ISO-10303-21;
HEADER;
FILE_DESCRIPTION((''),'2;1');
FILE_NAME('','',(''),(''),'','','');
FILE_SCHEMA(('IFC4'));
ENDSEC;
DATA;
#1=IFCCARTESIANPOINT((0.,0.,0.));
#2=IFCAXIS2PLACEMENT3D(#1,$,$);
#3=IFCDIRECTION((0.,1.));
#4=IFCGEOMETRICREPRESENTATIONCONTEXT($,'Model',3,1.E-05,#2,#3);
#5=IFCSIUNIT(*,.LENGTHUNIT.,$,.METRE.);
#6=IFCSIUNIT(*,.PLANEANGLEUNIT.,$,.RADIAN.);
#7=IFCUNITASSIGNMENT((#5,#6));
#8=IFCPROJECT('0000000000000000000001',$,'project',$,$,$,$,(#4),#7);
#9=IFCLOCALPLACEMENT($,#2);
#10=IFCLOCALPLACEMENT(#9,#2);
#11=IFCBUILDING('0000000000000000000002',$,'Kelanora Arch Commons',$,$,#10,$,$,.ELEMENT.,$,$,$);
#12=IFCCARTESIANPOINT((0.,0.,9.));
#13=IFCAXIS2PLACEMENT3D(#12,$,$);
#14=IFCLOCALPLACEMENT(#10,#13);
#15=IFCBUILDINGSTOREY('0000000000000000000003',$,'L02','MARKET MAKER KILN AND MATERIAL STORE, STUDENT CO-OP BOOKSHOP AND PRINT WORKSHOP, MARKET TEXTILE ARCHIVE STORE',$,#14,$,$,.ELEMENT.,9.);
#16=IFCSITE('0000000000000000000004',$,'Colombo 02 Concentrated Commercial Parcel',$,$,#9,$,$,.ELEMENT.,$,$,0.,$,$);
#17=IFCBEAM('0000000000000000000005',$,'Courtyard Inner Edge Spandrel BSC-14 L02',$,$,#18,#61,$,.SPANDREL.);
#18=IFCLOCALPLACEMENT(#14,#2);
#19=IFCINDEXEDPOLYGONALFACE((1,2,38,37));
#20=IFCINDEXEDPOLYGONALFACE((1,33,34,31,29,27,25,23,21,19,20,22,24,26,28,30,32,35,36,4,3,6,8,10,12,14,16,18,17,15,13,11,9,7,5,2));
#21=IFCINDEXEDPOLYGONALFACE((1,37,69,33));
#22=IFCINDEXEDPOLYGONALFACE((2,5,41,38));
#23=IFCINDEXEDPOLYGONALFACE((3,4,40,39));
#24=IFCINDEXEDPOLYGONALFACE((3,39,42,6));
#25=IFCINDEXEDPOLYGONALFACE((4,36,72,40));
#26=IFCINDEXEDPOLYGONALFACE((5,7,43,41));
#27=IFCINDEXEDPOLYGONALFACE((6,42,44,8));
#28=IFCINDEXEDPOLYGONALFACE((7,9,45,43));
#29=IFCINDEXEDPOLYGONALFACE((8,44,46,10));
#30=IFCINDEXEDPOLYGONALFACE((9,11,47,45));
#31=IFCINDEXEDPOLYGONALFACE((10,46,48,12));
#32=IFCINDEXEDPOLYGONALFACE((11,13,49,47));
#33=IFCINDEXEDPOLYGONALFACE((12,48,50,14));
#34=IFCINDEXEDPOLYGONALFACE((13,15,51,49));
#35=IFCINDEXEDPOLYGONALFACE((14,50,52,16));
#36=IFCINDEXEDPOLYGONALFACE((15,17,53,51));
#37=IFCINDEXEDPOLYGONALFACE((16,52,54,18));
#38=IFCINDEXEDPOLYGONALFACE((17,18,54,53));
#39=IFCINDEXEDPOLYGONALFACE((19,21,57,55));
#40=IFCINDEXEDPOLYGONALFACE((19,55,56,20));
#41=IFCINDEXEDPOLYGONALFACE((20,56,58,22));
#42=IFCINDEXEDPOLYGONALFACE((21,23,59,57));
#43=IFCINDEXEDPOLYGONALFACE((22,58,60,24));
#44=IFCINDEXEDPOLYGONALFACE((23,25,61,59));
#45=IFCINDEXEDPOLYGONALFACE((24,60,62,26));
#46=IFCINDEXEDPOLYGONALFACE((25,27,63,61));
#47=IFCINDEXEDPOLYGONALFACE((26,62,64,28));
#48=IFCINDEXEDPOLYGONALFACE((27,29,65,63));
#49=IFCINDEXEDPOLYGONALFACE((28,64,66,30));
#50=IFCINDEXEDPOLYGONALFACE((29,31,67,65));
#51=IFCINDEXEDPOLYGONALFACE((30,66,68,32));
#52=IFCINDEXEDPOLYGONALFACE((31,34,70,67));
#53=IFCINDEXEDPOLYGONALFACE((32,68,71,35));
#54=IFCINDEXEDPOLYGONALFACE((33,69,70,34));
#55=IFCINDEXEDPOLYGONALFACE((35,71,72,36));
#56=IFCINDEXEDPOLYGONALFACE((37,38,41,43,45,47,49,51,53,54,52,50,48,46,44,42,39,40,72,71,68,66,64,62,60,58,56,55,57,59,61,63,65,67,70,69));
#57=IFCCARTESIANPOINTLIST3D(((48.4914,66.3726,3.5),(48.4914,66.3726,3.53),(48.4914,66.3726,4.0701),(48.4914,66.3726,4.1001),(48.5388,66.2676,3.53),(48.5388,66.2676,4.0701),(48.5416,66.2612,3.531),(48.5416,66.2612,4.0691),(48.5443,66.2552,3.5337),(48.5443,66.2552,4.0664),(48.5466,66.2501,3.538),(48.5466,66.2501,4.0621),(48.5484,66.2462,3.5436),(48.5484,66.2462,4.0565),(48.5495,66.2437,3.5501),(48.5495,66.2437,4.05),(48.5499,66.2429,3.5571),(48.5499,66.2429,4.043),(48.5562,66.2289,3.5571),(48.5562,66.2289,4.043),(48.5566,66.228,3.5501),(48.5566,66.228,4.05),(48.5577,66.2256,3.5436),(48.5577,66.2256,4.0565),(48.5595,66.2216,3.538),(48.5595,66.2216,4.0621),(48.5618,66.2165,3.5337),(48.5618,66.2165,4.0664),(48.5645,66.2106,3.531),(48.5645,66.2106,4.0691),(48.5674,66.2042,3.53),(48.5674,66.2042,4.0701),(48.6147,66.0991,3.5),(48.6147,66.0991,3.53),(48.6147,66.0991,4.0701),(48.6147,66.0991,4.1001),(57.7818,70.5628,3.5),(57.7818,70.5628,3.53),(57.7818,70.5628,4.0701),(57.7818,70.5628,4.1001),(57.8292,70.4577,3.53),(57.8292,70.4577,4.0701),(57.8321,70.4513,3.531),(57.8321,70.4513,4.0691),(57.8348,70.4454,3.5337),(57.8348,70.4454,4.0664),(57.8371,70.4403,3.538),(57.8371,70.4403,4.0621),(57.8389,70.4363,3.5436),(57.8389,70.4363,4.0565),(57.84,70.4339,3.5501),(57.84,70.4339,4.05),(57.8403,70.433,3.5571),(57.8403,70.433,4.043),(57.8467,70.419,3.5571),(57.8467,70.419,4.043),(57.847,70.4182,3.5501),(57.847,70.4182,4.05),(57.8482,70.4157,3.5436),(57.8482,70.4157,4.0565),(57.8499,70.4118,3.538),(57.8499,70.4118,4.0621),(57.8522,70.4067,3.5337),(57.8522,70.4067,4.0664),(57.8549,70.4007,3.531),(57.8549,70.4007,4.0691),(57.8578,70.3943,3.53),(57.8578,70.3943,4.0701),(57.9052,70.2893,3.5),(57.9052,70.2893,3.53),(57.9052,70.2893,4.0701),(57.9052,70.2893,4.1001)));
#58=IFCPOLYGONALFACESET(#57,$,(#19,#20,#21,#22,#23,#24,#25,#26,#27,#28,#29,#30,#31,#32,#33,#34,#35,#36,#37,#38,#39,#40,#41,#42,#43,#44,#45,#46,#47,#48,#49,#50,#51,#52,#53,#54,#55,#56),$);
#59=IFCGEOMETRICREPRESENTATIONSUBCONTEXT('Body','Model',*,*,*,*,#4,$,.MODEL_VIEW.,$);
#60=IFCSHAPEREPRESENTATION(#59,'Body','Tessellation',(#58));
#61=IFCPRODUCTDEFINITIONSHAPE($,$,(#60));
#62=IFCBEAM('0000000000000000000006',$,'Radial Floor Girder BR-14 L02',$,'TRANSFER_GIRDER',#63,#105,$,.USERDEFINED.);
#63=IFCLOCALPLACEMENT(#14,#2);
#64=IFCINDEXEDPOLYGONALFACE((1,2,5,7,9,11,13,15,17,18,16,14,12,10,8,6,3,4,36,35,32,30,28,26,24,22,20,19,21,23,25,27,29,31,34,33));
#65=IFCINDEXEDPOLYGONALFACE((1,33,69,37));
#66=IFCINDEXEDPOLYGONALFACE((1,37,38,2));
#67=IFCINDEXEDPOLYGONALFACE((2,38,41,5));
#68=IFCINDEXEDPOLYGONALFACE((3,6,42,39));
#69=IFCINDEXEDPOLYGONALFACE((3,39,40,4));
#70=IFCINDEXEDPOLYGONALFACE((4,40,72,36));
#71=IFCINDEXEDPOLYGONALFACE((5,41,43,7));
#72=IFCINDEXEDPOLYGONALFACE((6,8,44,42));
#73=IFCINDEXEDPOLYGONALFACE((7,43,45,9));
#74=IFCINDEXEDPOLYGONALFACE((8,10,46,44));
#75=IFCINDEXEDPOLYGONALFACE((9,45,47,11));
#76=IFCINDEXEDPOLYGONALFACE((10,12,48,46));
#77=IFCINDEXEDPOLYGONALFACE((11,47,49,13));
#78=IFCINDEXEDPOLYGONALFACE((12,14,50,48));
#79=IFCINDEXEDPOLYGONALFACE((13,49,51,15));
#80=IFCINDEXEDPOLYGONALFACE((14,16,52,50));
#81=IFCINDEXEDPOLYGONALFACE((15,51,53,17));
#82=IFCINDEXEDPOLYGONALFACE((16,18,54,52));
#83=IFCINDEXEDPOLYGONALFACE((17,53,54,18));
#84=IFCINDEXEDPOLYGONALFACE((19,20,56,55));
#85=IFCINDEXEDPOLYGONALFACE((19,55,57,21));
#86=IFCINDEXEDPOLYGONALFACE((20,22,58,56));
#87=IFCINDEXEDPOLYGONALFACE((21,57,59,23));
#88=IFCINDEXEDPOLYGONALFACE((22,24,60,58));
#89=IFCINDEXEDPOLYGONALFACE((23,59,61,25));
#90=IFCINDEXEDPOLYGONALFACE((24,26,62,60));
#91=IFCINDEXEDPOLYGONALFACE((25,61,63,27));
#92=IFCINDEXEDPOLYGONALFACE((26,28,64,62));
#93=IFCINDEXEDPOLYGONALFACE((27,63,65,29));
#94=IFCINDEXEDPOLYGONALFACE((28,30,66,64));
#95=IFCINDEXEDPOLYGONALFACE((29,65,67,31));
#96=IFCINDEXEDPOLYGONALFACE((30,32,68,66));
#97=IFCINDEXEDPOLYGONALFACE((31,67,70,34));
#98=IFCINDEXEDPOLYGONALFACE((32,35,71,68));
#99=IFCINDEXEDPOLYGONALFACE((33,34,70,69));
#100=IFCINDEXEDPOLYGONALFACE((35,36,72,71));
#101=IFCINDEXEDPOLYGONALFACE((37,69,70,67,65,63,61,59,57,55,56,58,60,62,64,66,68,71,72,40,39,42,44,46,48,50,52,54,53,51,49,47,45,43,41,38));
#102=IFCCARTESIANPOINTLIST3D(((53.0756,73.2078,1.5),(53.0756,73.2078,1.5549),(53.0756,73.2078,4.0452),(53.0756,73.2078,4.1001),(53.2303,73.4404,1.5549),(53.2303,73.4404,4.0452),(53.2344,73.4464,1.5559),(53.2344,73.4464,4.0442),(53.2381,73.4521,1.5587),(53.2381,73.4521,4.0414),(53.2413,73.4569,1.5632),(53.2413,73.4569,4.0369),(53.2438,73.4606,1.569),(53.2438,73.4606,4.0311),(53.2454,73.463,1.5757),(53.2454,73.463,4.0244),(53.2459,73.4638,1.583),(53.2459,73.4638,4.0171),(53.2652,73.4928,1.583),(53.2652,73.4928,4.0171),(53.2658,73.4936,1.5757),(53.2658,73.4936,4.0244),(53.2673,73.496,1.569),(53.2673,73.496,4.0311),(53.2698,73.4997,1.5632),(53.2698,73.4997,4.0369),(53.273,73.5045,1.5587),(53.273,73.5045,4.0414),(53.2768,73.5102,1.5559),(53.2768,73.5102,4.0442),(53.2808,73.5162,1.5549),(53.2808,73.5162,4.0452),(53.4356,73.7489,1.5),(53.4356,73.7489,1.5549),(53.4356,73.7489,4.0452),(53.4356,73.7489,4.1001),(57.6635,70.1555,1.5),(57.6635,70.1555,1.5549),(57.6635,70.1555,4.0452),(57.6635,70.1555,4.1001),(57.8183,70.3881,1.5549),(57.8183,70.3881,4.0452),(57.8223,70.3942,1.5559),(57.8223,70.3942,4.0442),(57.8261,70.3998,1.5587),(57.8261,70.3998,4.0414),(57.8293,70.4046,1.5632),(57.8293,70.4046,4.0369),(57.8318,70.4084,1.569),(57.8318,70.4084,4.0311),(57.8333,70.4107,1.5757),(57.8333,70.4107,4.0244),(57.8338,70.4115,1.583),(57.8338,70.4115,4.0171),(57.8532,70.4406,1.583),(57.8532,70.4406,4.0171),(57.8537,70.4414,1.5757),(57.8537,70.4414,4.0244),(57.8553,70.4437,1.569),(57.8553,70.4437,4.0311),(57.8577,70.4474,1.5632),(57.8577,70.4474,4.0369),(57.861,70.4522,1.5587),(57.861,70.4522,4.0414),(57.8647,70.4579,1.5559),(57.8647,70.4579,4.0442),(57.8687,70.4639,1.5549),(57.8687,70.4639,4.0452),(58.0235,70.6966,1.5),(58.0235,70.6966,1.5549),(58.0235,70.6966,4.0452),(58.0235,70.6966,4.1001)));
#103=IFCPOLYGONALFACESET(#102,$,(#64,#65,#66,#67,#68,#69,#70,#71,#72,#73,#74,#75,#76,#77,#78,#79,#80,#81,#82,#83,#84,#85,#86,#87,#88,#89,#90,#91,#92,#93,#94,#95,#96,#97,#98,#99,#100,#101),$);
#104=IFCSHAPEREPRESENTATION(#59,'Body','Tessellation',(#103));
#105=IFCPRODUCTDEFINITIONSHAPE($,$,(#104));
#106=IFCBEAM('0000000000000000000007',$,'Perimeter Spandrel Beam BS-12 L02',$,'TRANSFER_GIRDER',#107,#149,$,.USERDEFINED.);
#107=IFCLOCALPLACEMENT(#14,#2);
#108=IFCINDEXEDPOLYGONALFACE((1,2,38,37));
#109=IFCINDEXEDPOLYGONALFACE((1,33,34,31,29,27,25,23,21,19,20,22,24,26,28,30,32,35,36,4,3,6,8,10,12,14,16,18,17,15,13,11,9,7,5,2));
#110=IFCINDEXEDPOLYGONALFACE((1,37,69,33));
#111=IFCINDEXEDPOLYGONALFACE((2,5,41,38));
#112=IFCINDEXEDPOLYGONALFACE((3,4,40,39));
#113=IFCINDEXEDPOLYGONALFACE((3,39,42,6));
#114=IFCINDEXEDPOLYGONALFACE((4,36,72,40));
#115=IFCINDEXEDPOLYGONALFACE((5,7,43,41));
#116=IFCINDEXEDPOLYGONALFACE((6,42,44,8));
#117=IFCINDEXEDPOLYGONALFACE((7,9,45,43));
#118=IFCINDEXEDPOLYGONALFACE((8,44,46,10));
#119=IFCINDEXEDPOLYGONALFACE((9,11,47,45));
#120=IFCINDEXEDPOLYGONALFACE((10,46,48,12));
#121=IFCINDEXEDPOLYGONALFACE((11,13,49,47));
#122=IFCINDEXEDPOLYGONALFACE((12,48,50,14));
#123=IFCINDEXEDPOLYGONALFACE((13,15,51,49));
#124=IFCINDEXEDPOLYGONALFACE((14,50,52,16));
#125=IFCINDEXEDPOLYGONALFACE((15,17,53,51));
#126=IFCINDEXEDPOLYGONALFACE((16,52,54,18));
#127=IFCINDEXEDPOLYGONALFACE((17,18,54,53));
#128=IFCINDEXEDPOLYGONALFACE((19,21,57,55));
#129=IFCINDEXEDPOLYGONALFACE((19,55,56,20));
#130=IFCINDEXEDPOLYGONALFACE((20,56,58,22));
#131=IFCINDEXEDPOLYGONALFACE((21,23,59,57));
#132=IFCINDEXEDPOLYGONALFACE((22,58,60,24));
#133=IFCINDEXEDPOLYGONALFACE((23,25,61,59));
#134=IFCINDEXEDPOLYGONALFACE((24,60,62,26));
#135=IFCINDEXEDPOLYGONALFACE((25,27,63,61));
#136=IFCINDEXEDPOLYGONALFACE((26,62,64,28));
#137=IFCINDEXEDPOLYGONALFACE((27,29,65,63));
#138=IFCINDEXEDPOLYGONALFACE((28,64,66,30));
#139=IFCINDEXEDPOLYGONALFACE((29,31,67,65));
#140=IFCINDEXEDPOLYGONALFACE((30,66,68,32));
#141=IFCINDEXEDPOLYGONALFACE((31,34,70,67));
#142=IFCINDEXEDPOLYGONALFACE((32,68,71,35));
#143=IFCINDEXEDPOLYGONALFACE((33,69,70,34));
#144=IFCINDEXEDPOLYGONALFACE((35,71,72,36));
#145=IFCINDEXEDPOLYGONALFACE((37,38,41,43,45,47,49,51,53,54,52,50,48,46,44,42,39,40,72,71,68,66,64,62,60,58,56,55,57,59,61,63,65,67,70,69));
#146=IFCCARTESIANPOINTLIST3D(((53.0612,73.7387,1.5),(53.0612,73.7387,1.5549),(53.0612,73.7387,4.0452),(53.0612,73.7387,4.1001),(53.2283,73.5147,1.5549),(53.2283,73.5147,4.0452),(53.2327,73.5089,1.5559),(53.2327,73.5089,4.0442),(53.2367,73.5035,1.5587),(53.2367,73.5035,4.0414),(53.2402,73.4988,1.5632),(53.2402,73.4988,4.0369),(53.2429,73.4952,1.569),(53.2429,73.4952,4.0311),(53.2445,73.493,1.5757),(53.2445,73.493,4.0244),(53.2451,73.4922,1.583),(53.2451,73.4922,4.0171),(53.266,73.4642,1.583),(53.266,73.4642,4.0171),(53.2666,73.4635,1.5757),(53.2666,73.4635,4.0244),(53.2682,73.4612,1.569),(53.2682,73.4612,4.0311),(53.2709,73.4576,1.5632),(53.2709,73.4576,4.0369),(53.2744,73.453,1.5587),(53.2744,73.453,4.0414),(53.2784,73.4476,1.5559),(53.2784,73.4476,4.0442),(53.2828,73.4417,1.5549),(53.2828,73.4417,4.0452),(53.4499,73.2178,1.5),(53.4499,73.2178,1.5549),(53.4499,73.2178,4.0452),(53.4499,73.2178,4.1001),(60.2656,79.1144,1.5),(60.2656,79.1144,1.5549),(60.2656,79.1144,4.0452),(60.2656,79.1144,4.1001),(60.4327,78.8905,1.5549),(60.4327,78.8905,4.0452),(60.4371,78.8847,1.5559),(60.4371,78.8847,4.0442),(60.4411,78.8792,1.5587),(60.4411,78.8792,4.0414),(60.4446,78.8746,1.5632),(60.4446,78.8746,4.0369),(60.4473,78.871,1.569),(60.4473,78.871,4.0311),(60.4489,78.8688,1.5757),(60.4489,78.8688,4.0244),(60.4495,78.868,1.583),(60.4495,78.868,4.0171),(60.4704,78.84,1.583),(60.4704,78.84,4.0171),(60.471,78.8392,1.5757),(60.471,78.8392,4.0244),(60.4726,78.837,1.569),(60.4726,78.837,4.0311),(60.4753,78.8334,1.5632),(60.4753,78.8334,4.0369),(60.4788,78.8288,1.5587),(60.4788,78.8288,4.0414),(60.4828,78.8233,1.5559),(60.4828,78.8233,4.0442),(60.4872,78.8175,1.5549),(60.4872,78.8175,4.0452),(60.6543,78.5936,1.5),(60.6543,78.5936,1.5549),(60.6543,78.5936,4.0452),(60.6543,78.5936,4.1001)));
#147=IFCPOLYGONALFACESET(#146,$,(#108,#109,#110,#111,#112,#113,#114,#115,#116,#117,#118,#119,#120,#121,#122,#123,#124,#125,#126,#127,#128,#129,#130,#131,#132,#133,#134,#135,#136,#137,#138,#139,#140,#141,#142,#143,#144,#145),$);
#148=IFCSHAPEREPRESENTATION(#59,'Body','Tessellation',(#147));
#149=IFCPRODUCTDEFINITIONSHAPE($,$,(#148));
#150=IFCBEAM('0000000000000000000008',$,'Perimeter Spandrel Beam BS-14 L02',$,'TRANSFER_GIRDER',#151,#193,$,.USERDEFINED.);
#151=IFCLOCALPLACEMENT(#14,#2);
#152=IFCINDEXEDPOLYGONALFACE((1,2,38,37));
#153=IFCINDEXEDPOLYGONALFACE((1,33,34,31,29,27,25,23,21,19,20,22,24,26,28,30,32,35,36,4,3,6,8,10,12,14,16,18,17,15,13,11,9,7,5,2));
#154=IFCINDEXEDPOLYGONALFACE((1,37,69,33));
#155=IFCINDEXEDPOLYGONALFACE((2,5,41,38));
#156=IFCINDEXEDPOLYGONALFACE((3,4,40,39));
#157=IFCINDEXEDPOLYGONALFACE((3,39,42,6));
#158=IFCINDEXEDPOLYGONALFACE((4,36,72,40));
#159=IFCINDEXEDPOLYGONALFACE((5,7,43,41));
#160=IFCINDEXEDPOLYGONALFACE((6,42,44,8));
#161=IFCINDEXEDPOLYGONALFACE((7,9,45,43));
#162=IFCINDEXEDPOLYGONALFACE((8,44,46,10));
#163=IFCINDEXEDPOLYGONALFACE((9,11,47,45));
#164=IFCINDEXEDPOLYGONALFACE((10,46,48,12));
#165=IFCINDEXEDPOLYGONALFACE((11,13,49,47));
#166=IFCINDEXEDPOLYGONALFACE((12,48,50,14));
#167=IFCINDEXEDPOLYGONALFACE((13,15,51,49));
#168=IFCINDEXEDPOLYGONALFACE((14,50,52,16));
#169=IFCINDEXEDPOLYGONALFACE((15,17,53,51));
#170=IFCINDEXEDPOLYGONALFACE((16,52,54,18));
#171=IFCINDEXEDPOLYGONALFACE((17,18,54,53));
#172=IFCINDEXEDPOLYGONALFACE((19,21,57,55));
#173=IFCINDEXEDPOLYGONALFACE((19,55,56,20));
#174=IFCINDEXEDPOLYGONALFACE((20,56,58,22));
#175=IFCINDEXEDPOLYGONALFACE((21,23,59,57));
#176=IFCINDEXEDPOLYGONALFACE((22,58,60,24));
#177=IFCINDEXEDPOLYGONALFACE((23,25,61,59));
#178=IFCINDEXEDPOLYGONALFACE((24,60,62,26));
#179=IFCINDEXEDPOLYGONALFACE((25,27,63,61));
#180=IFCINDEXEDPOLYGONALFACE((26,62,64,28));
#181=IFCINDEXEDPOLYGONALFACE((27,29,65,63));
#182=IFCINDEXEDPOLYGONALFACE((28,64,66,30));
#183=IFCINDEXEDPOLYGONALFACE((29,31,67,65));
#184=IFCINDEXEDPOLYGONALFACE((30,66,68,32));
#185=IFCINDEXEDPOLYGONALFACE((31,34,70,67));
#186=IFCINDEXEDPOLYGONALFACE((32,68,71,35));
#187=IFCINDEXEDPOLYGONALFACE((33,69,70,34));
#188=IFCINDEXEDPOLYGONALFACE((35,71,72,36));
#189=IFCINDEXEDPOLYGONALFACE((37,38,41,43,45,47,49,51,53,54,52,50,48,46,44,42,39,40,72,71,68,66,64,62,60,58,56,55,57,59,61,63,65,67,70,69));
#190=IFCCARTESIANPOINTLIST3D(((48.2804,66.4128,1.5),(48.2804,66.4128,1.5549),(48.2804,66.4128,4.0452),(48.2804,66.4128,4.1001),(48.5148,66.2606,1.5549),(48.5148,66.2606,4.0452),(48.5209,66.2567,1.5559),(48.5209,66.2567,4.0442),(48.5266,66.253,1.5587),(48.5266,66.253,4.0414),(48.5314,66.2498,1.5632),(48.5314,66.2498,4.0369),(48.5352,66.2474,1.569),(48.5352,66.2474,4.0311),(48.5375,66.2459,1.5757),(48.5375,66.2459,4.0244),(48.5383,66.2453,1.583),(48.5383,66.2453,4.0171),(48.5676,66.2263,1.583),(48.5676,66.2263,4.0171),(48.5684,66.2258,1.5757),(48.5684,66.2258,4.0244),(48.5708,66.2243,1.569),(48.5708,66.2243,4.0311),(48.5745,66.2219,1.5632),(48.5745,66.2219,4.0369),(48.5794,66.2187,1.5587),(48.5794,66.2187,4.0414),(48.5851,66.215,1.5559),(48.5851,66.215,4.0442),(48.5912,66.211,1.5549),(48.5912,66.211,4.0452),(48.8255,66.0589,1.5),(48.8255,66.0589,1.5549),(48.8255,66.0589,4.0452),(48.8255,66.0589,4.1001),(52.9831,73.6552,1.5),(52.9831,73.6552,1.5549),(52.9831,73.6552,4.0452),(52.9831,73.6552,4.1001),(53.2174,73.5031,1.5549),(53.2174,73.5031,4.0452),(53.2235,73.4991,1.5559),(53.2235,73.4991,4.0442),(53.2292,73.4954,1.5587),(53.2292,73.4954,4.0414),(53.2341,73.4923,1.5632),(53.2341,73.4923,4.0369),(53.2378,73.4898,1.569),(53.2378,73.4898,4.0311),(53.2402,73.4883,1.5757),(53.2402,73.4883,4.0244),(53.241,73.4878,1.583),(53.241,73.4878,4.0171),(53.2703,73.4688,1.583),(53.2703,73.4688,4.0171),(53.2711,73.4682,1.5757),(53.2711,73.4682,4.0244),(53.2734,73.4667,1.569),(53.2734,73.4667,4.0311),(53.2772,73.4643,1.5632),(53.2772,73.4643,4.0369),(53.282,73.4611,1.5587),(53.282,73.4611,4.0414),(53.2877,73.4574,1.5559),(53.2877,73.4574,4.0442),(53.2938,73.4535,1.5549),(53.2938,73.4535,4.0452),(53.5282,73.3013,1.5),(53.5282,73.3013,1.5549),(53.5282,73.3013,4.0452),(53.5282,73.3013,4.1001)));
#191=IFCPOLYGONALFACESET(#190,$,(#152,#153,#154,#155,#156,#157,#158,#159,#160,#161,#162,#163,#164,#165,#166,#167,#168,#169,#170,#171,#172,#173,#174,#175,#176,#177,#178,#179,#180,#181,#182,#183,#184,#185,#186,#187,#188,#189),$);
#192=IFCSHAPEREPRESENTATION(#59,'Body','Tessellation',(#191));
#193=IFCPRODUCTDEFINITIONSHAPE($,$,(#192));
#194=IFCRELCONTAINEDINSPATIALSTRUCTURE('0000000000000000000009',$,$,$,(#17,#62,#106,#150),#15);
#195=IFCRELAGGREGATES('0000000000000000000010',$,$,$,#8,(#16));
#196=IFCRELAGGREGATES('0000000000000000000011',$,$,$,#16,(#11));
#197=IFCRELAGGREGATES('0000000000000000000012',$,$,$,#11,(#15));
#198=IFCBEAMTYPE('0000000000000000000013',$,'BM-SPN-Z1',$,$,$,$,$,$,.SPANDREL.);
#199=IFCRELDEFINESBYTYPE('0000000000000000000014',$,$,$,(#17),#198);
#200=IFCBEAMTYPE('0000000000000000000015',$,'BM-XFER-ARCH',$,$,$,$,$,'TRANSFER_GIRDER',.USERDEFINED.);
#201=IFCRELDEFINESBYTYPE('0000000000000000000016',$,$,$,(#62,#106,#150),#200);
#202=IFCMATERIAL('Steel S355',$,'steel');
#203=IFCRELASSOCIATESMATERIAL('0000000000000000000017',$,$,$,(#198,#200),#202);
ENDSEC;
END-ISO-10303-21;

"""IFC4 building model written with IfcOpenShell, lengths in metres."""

from ifc_helpers import new_model, si_unit, direction, frame, origin, origin_2d, place, context, subcontext, project, spatial, i_section, extrude, material, material_profile, profile_set, type_object, element, save


model = new_model("IFC4")

# Units and contexts
model_context = context("Model", 3, precision=1e-05, world=origin(), true_north=direction((0.0, 1.0)))
body_context = subcontext(model_context, "Body", "Model", "MODEL_VIEW")
ifc_project = project(units=[si_unit("LENGTHUNIT", "METRE"), si_unit("PLANEANGLEUNIT", "RADIAN")], contexts=[model_context])

# Site, building, storey
site_placement = place(None, origin())
site = spatial("IfcSite", under=ifc_project, at=site_placement, Name="Colombo 02 Concentrated Commercial Parcel", CompositionType="ELEMENT", RefElevation=0.0)
building_placement = place(site_placement, origin())
building = spatial("IfcBuilding", under=site, at=building_placement, Name="Kelanora Arch Commons", CompositionType="ELEMENT")
storey_placement = place(building_placement, frame((0.0, 0.0, 9.0)))
storey = spatial("IfcBuildingStorey", under=building, at=storey_placement, Name="L02", Description="MARKET MAKER KILN AND MATERIAL STORE, STUDENT CO-OP BOOKSHOP AND PRINT WORKSHOP, MARKET TEXTILE ARCHIVE STORE", CompositionType="ELEMENT", Elevation=9.0)

# Shared definitions
ifc_material_1 = material(Name="Steel S355", Category="steel")

# Beams
ifc_material_profile_1 = material_profile(ifc_material_1, i_section(OverallWidth=0.3, OverallDepth=0.6001, WebThickness=0.0154, FlangeThickness=0.03, FilletRadius=0.0271, at=origin_2d()), Name="HEB600")
ifc_profile_set_1 = profile_set([ifc_material_profile_1], Name="Steel S355")
beam_type_1 = type_object("IfcBeamType", Name="BM-SPN-Z1", PredefinedType="SPANDREL", material=ifc_profile_set_1)
beam_1_placement = place(storey_placement, frame((57.8435, 70.426, 3.8), z_axis=(-0.911574, -0.411135, 0.0), x_axis=(0.411135, -0.911574, 0.0)))
element("IfcBeam", 1, at=beam_1_placement, inside=storey, type_object=beam_type_1, Name="Courtyard Inner Edge Spandrel BSC-14 L02", PredefinedType="SPANDREL", context=body_context, shape_type="SweptSolid", body=[
    extrude(i_section(OverallWidth=0.3, OverallDepth=0.6001, WebThickness=0.0154, FlangeThickness=0.03, FilletRadius=0.0271, at=origin_2d()), origin(), (0.0, 0.0, 1.0), 10.1917),
])
ifc_material_profile_2 = material_profile(ifc_material_1, i_section(OverallWidth=0.6499, OverallDepth=2.6001, WebThickness=0.0349, FlangeThickness=0.0549, FilletRadius=0.0281, at=origin_2d()), Name="PG2600x650")
ifc_profile_set_2 = profile_set([ifc_material_profile_2], Name="Steel S355")
beam_type_2 = type_object("IfcBeamType", Name="BM-XFER-ARCH", ElementType="TRANSFER_GIRDER", PredefinedType="USERDEFINED", material=ifc_profile_set_2)
beam_2_placement = place(storey_placement, frame((57.8435, 70.426, 2.8), z_axis=(-0.832582, 0.553902, 0.0), x_axis=(-0.553902, -0.832582, 0.0)))
element("IfcBeam", 2, at=beam_2_placement, inside=storey, type_object=beam_type_2, Name="Radial Floor Girder BR-14 L02", ObjectType="TRANSFER_GIRDER", PredefinedType="USERDEFINED", context=body_context, shape_type="SweptSolid", body=[
    extrude(i_section(OverallWidth=0.6499, OverallDepth=2.6001, WebThickness=0.0349, FlangeThickness=0.0549, FilletRadius=0.0281, at=origin_2d()), origin(), (0.0, 0.0, 1.0), 5.5105),
])
beam_3_placement = place(storey_placement, frame((60.46, 78.854, 2.8), z_axis=(-0.801468, -0.598038, 0.0), x_axis=(0.598038, -0.801468, 0.0)))
element("IfcBeam", 3, at=beam_3_placement, inside=storey, type_object=beam_type_2, Name="Perimeter Spandrel Beam BS-12 L02", ObjectType="TRANSFER_GIRDER", PredefinedType="USERDEFINED", context=body_context, shape_type="SweptSolid", body=[
    extrude(i_section(OverallWidth=0.6499, OverallDepth=2.6001, WebThickness=0.0349, FlangeThickness=0.0549, FilletRadius=0.0281, at=origin_2d()), origin(), (0.0, 0.0, 1.0), 8.989),
])
beam_4_placement = place(storey_placement, frame((53.2556, 73.4783, 2.8), z_axis=(-0.544586, -0.838705, 0.0), x_axis=(0.838705, -0.544586, 0.0)))
element("IfcBeam", 4, at=beam_4_placement, inside=storey, type_object=beam_type_2, Name="Perimeter Spandrel Beam BS-14 L02", ObjectType="TRANSFER_GIRDER", PredefinedType="USERDEFINED", context=body_context, shape_type="SweptSolid", body=[
    extrude(i_section(OverallWidth=0.6499, OverallDepth=2.6001, WebThickness=0.0349, FlangeThickness=0.0549, FilletRadius=0.0281, at=origin_2d()), origin(), (0.0, 0.0, 1.0), 8.6353),
])

save(model, "model.ifc")
